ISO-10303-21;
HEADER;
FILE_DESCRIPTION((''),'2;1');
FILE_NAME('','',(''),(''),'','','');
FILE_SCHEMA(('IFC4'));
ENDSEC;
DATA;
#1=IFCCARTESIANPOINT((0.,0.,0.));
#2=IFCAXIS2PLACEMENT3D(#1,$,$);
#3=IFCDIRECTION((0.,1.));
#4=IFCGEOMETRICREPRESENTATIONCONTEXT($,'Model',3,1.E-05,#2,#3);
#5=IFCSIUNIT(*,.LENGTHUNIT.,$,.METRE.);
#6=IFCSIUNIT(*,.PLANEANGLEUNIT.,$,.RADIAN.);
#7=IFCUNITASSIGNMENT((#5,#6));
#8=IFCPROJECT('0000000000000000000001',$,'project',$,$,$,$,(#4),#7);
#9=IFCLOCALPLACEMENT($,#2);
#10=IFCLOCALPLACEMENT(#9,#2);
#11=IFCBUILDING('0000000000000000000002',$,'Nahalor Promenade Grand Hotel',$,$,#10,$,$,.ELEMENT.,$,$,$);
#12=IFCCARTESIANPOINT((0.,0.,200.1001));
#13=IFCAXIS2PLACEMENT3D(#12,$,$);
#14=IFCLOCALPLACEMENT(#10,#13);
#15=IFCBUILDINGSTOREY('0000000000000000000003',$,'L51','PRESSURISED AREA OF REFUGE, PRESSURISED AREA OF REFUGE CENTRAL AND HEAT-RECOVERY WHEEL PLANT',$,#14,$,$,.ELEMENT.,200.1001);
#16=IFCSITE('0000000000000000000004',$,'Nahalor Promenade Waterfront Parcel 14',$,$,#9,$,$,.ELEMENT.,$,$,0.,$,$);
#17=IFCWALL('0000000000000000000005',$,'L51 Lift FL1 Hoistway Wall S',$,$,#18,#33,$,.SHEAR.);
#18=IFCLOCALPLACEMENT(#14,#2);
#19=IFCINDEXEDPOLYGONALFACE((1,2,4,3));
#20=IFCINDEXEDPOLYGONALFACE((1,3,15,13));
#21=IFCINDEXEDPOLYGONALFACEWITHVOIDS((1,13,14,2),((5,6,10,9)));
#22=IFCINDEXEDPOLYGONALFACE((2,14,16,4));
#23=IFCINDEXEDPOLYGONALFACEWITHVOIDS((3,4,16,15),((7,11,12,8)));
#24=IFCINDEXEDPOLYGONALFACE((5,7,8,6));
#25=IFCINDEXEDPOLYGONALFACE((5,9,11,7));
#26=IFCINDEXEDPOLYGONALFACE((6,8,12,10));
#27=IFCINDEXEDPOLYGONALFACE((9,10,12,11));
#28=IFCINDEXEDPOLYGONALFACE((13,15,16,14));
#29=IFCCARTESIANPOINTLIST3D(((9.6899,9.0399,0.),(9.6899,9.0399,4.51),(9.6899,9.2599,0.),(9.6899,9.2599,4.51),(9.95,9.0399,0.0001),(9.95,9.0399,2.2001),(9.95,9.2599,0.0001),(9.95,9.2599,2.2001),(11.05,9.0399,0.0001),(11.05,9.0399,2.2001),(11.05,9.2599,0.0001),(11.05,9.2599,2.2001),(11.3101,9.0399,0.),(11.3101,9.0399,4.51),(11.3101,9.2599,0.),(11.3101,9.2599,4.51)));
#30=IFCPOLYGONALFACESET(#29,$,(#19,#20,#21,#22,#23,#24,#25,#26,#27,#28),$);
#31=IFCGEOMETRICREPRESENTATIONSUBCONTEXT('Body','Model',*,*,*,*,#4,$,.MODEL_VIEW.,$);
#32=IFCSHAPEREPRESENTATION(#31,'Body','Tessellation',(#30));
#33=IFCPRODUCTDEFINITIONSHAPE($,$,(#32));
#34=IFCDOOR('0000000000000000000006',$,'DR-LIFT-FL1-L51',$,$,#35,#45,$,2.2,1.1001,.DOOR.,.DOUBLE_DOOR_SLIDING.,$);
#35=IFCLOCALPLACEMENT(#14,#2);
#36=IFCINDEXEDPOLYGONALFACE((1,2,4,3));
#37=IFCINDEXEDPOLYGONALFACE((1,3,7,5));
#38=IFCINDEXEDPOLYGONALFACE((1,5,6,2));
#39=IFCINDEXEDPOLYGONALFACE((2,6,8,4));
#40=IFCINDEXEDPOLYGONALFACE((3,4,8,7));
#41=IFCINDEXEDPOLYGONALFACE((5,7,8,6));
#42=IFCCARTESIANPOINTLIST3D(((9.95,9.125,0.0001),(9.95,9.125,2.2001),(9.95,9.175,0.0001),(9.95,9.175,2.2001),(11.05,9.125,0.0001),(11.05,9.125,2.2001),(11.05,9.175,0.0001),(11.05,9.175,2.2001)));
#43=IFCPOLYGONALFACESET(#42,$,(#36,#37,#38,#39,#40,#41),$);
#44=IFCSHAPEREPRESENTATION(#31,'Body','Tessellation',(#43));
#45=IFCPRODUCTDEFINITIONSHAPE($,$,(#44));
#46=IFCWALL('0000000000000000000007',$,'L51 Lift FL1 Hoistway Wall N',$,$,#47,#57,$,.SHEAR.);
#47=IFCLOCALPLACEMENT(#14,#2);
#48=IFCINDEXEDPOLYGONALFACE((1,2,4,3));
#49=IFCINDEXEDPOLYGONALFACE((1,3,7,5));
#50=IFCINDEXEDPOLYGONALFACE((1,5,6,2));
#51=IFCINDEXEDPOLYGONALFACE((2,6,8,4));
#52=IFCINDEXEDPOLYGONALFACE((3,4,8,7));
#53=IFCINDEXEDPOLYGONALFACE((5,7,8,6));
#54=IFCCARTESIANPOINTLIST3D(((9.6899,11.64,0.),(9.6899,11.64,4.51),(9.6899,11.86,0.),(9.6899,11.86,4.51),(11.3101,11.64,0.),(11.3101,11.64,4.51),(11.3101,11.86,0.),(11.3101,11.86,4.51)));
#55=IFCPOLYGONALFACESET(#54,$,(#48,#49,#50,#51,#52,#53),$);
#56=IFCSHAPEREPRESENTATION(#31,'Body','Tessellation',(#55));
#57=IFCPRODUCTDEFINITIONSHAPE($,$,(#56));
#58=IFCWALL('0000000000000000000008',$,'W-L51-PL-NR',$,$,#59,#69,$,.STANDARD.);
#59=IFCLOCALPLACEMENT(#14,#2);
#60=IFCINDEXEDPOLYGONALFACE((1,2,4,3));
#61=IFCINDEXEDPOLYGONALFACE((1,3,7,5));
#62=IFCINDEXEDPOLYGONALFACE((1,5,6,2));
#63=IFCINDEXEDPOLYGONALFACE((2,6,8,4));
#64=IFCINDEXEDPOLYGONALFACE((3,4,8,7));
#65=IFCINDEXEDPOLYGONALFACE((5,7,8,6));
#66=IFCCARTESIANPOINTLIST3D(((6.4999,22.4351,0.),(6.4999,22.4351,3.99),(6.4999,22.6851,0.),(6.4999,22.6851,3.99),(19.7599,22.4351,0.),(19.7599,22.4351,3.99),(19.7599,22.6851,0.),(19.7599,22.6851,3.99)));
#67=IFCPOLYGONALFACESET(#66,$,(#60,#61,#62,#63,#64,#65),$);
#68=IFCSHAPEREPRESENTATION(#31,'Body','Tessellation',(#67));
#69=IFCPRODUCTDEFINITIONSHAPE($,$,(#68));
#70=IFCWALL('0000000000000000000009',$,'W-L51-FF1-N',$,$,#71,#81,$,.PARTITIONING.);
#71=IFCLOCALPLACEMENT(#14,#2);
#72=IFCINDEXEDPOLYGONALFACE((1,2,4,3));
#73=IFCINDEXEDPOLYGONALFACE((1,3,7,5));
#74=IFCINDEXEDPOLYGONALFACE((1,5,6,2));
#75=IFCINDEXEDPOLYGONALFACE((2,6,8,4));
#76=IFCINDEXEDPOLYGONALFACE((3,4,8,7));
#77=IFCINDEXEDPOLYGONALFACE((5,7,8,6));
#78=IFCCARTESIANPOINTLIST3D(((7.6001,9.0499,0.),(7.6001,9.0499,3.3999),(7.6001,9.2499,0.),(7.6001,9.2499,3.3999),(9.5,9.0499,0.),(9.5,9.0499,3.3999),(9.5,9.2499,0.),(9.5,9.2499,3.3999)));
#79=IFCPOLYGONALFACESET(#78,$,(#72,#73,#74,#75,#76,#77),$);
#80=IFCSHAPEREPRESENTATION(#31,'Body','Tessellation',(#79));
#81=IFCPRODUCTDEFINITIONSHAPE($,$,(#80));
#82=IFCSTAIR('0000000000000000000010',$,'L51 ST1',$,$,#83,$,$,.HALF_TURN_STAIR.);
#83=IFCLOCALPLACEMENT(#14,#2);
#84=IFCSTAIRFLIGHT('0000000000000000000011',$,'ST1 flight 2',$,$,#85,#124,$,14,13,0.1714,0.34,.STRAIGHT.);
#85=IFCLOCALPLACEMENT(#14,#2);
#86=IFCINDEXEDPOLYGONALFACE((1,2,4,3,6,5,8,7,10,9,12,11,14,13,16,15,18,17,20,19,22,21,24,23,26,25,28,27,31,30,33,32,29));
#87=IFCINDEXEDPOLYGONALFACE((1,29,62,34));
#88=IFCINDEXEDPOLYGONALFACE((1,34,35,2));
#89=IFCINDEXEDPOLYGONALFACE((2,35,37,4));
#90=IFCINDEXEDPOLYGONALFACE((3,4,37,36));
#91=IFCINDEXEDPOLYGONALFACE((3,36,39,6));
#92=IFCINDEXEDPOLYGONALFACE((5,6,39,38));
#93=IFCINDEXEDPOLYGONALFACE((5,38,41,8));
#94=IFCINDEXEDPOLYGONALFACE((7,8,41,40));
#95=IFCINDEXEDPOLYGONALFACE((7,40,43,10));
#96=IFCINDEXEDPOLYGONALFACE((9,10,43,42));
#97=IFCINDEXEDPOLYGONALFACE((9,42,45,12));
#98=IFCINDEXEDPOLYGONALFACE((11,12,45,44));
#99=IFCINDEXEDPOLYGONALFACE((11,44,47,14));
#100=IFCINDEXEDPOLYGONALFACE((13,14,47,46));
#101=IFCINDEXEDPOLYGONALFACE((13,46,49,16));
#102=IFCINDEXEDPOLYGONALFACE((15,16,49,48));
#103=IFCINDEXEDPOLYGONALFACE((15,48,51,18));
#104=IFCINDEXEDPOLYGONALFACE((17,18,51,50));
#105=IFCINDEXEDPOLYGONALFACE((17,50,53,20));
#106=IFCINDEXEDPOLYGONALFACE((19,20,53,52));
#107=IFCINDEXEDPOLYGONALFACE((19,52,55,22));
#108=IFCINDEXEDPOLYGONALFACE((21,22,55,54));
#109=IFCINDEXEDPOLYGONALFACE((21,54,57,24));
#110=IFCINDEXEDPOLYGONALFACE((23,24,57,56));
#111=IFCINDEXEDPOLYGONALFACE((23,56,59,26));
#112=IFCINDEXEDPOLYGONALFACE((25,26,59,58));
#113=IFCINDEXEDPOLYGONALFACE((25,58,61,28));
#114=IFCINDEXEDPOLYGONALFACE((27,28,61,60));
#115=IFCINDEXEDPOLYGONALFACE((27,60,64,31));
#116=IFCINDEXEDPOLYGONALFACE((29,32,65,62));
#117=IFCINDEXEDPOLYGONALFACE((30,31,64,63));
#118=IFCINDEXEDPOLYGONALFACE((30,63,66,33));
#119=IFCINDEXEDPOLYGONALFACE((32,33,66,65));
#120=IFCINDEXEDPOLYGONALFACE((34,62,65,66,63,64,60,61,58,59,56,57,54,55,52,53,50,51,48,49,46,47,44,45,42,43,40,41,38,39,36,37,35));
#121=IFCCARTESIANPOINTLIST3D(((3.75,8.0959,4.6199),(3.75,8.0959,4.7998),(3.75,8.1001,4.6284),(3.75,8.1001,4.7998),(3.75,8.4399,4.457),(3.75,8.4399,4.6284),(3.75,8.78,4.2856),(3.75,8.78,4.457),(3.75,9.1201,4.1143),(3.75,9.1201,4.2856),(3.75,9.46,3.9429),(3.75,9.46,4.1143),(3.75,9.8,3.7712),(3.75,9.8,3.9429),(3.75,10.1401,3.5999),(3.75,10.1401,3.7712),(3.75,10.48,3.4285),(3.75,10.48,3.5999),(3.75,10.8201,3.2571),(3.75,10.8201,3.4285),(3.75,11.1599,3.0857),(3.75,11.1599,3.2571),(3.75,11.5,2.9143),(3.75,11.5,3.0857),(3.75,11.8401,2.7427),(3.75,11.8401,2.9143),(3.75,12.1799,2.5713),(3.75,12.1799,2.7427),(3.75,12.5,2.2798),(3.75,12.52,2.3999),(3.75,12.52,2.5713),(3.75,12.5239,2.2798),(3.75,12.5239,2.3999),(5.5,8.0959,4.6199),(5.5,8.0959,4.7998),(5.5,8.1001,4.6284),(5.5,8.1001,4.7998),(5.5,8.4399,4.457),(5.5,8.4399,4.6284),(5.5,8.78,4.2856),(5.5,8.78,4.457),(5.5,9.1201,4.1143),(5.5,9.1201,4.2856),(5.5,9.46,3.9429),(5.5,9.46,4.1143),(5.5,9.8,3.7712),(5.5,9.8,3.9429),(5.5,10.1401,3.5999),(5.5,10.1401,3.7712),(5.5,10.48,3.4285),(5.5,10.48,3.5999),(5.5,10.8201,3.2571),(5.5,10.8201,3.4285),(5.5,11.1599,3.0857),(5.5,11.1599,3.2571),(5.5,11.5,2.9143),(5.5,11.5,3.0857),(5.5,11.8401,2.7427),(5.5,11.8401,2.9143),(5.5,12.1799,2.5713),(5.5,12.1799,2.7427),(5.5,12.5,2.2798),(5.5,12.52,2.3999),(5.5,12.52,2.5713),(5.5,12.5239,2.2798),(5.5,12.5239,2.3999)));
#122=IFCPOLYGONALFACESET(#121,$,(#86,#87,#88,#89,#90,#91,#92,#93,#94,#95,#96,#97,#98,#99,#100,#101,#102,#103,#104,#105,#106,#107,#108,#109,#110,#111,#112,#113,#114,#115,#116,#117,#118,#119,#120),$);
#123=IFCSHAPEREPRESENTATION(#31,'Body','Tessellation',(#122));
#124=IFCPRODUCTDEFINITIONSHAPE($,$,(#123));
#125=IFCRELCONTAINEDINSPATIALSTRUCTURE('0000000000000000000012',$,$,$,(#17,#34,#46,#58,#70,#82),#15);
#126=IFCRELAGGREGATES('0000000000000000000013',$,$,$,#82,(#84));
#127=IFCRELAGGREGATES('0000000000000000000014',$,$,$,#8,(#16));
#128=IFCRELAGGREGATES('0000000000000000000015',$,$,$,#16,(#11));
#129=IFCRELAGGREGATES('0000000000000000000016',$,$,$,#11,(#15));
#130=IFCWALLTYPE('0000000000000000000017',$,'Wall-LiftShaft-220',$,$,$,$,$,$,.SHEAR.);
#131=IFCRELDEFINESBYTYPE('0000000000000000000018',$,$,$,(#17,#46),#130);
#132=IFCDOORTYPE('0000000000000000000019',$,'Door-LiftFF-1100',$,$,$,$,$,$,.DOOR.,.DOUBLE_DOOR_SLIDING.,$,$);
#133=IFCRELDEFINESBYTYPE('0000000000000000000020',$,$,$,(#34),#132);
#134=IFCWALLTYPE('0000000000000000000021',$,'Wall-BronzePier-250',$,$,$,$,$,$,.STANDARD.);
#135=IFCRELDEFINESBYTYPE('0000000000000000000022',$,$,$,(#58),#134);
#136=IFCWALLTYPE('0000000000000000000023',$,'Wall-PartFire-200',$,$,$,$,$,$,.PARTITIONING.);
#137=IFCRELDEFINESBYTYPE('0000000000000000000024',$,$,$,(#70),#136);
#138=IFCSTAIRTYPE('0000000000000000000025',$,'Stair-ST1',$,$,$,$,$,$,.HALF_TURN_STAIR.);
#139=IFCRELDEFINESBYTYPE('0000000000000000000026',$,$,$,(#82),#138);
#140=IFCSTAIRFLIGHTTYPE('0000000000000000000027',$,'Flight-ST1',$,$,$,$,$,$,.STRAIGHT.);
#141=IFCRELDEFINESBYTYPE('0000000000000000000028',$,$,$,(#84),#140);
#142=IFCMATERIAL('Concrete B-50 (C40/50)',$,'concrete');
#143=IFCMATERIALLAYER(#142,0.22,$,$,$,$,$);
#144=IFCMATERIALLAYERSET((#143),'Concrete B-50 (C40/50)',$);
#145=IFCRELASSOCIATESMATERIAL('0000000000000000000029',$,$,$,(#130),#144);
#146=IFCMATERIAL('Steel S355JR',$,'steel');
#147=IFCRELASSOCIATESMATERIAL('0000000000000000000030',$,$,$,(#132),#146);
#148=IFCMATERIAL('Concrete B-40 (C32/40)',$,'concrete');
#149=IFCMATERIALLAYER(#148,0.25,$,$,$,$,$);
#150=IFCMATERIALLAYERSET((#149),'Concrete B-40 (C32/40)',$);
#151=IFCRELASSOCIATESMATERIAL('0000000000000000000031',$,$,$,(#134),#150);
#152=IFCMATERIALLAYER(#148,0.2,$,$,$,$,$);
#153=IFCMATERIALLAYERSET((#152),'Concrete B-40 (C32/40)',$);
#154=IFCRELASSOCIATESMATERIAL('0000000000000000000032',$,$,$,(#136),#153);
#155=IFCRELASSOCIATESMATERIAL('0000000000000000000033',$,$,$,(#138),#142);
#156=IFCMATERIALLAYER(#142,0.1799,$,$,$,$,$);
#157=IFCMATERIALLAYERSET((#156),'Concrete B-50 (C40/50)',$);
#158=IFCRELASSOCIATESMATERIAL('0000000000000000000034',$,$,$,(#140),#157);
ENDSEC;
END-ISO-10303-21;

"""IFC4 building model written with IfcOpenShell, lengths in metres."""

from ifc_helpers import new_model, si_unit, direction, frame, frame_2d, origin, place, context, subcontext, project, spatial, polyline, rectangle, outline, extrude, source, transform, mapped, material, layer, layer_set, type_object, element, fill, aggregate, save


model = new_model("IFC4")

# Units and contexts
model_context = context("Model", 3, precision=1e-05, world=origin(), true_north=direction((0.0, 1.0)))
body_context = subcontext(model_context, "Body", "Model", "MODEL_VIEW")
ifc_project = project(units=[si_unit("LENGTHUNIT", "METRE"), si_unit("PLANEANGLEUNIT", "RADIAN")], contexts=[model_context])

# Site, building, storey
site_placement = place(None, origin())
site = spatial("IfcSite", under=ifc_project, at=site_placement, Name="Nahalor Promenade Waterfront Parcel 14", CompositionType="ELEMENT", RefElevation=0.0)
building_placement = place(site_placement, origin())
building = spatial("IfcBuilding", under=site, at=building_placement, Name="Nahalor Promenade Grand Hotel", CompositionType="ELEMENT")
storey_placement = place(building_placement, frame((0.0, 0.0, 200.1001)))
storey = spatial("IfcBuildingStorey", under=building, at=storey_placement, Name="L51", Description="PRESSURISED AREA OF REFUGE, PRESSURISED AREA OF REFUGE CENTRAL AND HEAT-RECOVERY WHEEL PLANT", CompositionType="ELEMENT", Elevation=200.1001)

# Shared definitions
ifc_material_1 = material(Name="Steel S355JR", Category="steel")

# Shared definitions
ifc_material_2 = material(Name="Concrete B-50 (C40/50)", Category="concrete")
ifc_layer_1 = layer(ifc_material_2, 0.22)
ifc_layer_set_1 = layer_set([ifc_layer_1], Name="Concrete B-50 (C40/50)")
wall_type_1 = type_object("IfcWallType", Name="Wall-LiftShaft-220", PredefinedType="SHEAR", material=ifc_layer_set_1)

# Wall, opening, door
shared_shape_1 = source(origin(), body_context, "Body", "SweptSolid", [
    extrude(rectangle(XDim=1.6201, YDim=0.22, at=frame_2d((0.8101, 0.0))), origin(), (0.0, 0.0, 1.0), 4.51),
])
wall_1_placement = place(storey_placement, frame((9.6899, 9.1499, 0.0), z_axis=(0.0, 0.0, 1.0), x_axis=(1.0, 0.0, 0.0)))
wall_1 = element("IfcWall", 1, at=wall_1_placement, inside=storey, type_object=wall_type_1, Name="L51 Lift FL1 Hoistway Wall S", PredefinedType="SHEAR", context=body_context, shape_type="MappedRepresentation", body=[
    mapped(shared_shape_1, transform((0.0, 0.0, 0.0), scale=1.0)),
])
opening_placement = place(wall_1_placement, frame((0.26, 0.0, 0.0)))
opening = element("IfcOpeningElement", 2, at=opening_placement, cuts=wall_1, PredefinedType="OPENING", context=body_context, shape_type="SweptSolid", body=[
    extrude(rectangle(XDim=1.1001, YDim=2.2, at=frame_2d((0.55, 1.1001))), frame((0.0, 0.1199, 0.0), z_axis=(0.0, -1.0, 0.0), x_axis=(1.0, 0.0, 0.0)), (0.0, 0.0, 1.0), 0.24),
])
door_type = type_object("IfcDoorType", Name="Door-LiftFF-1100", OperationType="DOUBLE_DOOR_SLIDING", PredefinedType="DOOR", material=ifc_material_1)
shared_shape_2 = source(origin(), body_context, "Body", "SweptSolid", [
    extrude(rectangle(XDim=1.1001, YDim=2.2, at=frame_2d((0.55, 1.1001))), frame((0.0, 0.0249, 0.0), z_axis=(0.0, -1.0, 0.0), x_axis=(1.0, 0.0, 0.0)), (0.0, 0.0, 1.0), 0.05),
])
door_placement = place(opening_placement, frame((1.1001, 0.0, 0.0), z_axis=(0.0, 0.0, 1.0), x_axis=(-1.0, 0.0, 0.0)))
door = element("IfcDoor", 3, at=door_placement, inside=storey, type_object=door_type, Name="DR-LIFT-FL1-L51", OperationType="DOUBLE_DOOR_SLIDING", OverallHeight=2.2, OverallWidth=1.1001, PredefinedType="DOOR", context=body_context, shape_type="MappedRepresentation", body=[
    mapped(shared_shape_2, transform((0.0, 0.0, 0.0), scale=1.0)),
])
fill(opening, door)

# Walls
wall_2_placement = place(storey_placement, frame((9.6899, 11.75, 0.0), z_axis=(0.0, 0.0, 1.0), x_axis=(1.0, 0.0, 0.0)))
element("IfcWall", 4, at=wall_2_placement, inside=storey, type_object=wall_type_1, Name="L51 Lift FL1 Hoistway Wall N", PredefinedType="SHEAR", context=body_context, shape_type="MappedRepresentation", body=[
    mapped(shared_shape_1, transform((0.0, 0.0, 0.0), scale=1.0)),
])
ifc_material_3 = material(Name="Concrete B-40 (C32/40)", Category="concrete")
ifc_layer_2 = layer(ifc_material_3, 0.25)
ifc_layer_set_2 = layer_set([ifc_layer_2], Name="Concrete B-40 (C32/40)")
wall_type_2 = type_object("IfcWallType", Name="Wall-BronzePier-250", PredefinedType="STANDARD", material=ifc_layer_set_2)
shared_shape_3 = source(origin(), body_context, "Body", "SweptSolid", [
    extrude(rectangle(XDim=13.26, YDim=0.25, at=frame_2d((6.6299, 0.0))), origin(), (0.0, 0.0, 1.0), 3.99),
])
wall_3_placement = place(storey_placement, frame((6.5, 22.5601, 0.0), z_axis=(0.0, 0.0, 1.0), x_axis=(1.0, 0.0, 0.0)))
element("IfcWall", 5, at=wall_3_placement, inside=storey, type_object=wall_type_2, Name="W-L51-PL-NR", PredefinedType="STANDARD", context=body_context, shape_type="MappedRepresentation", body=[
    mapped(shared_shape_3, transform((0.0, 0.0, 0.0), scale=1.0)),
])
ifc_layer_3 = layer(ifc_material_3, 0.2)
ifc_layer_set_3 = layer_set([ifc_layer_3], Name="Concrete B-40 (C32/40)")
wall_type_3 = type_object("IfcWallType", Name="Wall-PartFire-200", PredefinedType="PARTITIONING", material=ifc_layer_set_3)
shared_shape_4 = source(origin(), body_context, "Body", "SweptSolid", [
    extrude(rectangle(XDim=1.8999, YDim=0.2, at=frame_2d((0.95, 0.0))), origin(), (0.0, 0.0, 1.0), 3.3999),
])
wall_4_placement = place(storey_placement, frame((7.6001, 9.1499, 0.0), z_axis=(0.0, 0.0, 1.0), x_axis=(1.0, 0.0, 0.0)))
element("IfcWall", 6, at=wall_4_placement, inside=storey, type_object=wall_type_3, Name="W-L51-FF1-N", PredefinedType="PARTITIONING", context=body_context, shape_type="MappedRepresentation", body=[
    mapped(shared_shape_4, transform((0.0, 0.0, 0.0), scale=1.0)),
])

# Stair, stair flight
stair_type = type_object("IfcStairType", Name="Stair-ST1", PredefinedType="HALF_TURN_STAIR", material=ifc_material_2)
stair_placement = place(storey_placement, origin())
stair = element("IfcStair", 7, at=stair_placement, inside=storey, type_object=stair_type, Name="L51 ST1", PredefinedType="HALF_TURN_STAIR")
ifc_layer_4 = layer(ifc_material_2, 0.1799)
ifc_layer_set_4 = layer_set([ifc_layer_4], Name="Concrete B-50 (C40/50)")
stair_flight_type = type_object("IfcStairFlightType", Name="Flight-ST1", PredefinedType="STRAIGHT", material=ifc_layer_set_4)
shared_shape_5 = source(origin(), body_context, "Body", "SweptSolid", [
    extrude(outline(polyline([(-0.0039, -0.1201), (-0.0039, 0.0), (0.0, 0.0), (0.0, 0.1714), (0.3401, 0.1714), (0.3401, 0.3428), (0.6799, 0.3428), (0.6799, 0.5144), (1.02, 0.5144), (1.02, 0.6858), (1.3601, 0.6858), (1.3601, 0.8572), (1.7, 0.8572), (1.7, 1.0286), (2.04, 1.0286), (2.04, 1.2), (2.3799, 1.2), (2.3799, 1.3713), (2.72, 1.3713), (2.72, 1.543), (3.0601, 1.543), (3.0601, 1.7144), (3.3999, 1.7144), (3.3999, 1.8857), (3.74, 1.8857), (3.74, 2.0571), (4.0801, 2.0571), (4.0801, 2.2285), (4.4199, 2.2285), (4.4199, 2.3999), (4.4241, 2.3999), (4.4241, 2.22), (0.02, -0.1201), (-0.0039, -0.1201)])), frame((0.0, 0.875, 0.0), z_axis=(0.0, -1.0, 0.0), x_axis=(1.0, 0.0, 0.0)), (0.0, 0.0, 1.0), 1.75),
])
stair_flight_placement = place(storey_placement, frame((4.625, 12.52, 2.3999), z_axis=(0.0, 0.0, 1.0), x_axis=(0.0, -1.0, 0.0)))
stair_flight = element("IfcStairFlight", 8, at=stair_flight_placement, type_object=stair_flight_type, Name="ST1 flight 2", NumberOfRisers=14, NumberOfTreads=13, PredefinedType="STRAIGHT", RiserHeight=0.1714, TreadLength=0.34, context=body_context, shape_type="MappedRepresentation", body=[
    mapped(shared_shape_5, transform((0.0, 0.0, 0.0), scale=1.0)),
])
aggregate(stair, [stair_flight])

save(model, "model.ifc")
